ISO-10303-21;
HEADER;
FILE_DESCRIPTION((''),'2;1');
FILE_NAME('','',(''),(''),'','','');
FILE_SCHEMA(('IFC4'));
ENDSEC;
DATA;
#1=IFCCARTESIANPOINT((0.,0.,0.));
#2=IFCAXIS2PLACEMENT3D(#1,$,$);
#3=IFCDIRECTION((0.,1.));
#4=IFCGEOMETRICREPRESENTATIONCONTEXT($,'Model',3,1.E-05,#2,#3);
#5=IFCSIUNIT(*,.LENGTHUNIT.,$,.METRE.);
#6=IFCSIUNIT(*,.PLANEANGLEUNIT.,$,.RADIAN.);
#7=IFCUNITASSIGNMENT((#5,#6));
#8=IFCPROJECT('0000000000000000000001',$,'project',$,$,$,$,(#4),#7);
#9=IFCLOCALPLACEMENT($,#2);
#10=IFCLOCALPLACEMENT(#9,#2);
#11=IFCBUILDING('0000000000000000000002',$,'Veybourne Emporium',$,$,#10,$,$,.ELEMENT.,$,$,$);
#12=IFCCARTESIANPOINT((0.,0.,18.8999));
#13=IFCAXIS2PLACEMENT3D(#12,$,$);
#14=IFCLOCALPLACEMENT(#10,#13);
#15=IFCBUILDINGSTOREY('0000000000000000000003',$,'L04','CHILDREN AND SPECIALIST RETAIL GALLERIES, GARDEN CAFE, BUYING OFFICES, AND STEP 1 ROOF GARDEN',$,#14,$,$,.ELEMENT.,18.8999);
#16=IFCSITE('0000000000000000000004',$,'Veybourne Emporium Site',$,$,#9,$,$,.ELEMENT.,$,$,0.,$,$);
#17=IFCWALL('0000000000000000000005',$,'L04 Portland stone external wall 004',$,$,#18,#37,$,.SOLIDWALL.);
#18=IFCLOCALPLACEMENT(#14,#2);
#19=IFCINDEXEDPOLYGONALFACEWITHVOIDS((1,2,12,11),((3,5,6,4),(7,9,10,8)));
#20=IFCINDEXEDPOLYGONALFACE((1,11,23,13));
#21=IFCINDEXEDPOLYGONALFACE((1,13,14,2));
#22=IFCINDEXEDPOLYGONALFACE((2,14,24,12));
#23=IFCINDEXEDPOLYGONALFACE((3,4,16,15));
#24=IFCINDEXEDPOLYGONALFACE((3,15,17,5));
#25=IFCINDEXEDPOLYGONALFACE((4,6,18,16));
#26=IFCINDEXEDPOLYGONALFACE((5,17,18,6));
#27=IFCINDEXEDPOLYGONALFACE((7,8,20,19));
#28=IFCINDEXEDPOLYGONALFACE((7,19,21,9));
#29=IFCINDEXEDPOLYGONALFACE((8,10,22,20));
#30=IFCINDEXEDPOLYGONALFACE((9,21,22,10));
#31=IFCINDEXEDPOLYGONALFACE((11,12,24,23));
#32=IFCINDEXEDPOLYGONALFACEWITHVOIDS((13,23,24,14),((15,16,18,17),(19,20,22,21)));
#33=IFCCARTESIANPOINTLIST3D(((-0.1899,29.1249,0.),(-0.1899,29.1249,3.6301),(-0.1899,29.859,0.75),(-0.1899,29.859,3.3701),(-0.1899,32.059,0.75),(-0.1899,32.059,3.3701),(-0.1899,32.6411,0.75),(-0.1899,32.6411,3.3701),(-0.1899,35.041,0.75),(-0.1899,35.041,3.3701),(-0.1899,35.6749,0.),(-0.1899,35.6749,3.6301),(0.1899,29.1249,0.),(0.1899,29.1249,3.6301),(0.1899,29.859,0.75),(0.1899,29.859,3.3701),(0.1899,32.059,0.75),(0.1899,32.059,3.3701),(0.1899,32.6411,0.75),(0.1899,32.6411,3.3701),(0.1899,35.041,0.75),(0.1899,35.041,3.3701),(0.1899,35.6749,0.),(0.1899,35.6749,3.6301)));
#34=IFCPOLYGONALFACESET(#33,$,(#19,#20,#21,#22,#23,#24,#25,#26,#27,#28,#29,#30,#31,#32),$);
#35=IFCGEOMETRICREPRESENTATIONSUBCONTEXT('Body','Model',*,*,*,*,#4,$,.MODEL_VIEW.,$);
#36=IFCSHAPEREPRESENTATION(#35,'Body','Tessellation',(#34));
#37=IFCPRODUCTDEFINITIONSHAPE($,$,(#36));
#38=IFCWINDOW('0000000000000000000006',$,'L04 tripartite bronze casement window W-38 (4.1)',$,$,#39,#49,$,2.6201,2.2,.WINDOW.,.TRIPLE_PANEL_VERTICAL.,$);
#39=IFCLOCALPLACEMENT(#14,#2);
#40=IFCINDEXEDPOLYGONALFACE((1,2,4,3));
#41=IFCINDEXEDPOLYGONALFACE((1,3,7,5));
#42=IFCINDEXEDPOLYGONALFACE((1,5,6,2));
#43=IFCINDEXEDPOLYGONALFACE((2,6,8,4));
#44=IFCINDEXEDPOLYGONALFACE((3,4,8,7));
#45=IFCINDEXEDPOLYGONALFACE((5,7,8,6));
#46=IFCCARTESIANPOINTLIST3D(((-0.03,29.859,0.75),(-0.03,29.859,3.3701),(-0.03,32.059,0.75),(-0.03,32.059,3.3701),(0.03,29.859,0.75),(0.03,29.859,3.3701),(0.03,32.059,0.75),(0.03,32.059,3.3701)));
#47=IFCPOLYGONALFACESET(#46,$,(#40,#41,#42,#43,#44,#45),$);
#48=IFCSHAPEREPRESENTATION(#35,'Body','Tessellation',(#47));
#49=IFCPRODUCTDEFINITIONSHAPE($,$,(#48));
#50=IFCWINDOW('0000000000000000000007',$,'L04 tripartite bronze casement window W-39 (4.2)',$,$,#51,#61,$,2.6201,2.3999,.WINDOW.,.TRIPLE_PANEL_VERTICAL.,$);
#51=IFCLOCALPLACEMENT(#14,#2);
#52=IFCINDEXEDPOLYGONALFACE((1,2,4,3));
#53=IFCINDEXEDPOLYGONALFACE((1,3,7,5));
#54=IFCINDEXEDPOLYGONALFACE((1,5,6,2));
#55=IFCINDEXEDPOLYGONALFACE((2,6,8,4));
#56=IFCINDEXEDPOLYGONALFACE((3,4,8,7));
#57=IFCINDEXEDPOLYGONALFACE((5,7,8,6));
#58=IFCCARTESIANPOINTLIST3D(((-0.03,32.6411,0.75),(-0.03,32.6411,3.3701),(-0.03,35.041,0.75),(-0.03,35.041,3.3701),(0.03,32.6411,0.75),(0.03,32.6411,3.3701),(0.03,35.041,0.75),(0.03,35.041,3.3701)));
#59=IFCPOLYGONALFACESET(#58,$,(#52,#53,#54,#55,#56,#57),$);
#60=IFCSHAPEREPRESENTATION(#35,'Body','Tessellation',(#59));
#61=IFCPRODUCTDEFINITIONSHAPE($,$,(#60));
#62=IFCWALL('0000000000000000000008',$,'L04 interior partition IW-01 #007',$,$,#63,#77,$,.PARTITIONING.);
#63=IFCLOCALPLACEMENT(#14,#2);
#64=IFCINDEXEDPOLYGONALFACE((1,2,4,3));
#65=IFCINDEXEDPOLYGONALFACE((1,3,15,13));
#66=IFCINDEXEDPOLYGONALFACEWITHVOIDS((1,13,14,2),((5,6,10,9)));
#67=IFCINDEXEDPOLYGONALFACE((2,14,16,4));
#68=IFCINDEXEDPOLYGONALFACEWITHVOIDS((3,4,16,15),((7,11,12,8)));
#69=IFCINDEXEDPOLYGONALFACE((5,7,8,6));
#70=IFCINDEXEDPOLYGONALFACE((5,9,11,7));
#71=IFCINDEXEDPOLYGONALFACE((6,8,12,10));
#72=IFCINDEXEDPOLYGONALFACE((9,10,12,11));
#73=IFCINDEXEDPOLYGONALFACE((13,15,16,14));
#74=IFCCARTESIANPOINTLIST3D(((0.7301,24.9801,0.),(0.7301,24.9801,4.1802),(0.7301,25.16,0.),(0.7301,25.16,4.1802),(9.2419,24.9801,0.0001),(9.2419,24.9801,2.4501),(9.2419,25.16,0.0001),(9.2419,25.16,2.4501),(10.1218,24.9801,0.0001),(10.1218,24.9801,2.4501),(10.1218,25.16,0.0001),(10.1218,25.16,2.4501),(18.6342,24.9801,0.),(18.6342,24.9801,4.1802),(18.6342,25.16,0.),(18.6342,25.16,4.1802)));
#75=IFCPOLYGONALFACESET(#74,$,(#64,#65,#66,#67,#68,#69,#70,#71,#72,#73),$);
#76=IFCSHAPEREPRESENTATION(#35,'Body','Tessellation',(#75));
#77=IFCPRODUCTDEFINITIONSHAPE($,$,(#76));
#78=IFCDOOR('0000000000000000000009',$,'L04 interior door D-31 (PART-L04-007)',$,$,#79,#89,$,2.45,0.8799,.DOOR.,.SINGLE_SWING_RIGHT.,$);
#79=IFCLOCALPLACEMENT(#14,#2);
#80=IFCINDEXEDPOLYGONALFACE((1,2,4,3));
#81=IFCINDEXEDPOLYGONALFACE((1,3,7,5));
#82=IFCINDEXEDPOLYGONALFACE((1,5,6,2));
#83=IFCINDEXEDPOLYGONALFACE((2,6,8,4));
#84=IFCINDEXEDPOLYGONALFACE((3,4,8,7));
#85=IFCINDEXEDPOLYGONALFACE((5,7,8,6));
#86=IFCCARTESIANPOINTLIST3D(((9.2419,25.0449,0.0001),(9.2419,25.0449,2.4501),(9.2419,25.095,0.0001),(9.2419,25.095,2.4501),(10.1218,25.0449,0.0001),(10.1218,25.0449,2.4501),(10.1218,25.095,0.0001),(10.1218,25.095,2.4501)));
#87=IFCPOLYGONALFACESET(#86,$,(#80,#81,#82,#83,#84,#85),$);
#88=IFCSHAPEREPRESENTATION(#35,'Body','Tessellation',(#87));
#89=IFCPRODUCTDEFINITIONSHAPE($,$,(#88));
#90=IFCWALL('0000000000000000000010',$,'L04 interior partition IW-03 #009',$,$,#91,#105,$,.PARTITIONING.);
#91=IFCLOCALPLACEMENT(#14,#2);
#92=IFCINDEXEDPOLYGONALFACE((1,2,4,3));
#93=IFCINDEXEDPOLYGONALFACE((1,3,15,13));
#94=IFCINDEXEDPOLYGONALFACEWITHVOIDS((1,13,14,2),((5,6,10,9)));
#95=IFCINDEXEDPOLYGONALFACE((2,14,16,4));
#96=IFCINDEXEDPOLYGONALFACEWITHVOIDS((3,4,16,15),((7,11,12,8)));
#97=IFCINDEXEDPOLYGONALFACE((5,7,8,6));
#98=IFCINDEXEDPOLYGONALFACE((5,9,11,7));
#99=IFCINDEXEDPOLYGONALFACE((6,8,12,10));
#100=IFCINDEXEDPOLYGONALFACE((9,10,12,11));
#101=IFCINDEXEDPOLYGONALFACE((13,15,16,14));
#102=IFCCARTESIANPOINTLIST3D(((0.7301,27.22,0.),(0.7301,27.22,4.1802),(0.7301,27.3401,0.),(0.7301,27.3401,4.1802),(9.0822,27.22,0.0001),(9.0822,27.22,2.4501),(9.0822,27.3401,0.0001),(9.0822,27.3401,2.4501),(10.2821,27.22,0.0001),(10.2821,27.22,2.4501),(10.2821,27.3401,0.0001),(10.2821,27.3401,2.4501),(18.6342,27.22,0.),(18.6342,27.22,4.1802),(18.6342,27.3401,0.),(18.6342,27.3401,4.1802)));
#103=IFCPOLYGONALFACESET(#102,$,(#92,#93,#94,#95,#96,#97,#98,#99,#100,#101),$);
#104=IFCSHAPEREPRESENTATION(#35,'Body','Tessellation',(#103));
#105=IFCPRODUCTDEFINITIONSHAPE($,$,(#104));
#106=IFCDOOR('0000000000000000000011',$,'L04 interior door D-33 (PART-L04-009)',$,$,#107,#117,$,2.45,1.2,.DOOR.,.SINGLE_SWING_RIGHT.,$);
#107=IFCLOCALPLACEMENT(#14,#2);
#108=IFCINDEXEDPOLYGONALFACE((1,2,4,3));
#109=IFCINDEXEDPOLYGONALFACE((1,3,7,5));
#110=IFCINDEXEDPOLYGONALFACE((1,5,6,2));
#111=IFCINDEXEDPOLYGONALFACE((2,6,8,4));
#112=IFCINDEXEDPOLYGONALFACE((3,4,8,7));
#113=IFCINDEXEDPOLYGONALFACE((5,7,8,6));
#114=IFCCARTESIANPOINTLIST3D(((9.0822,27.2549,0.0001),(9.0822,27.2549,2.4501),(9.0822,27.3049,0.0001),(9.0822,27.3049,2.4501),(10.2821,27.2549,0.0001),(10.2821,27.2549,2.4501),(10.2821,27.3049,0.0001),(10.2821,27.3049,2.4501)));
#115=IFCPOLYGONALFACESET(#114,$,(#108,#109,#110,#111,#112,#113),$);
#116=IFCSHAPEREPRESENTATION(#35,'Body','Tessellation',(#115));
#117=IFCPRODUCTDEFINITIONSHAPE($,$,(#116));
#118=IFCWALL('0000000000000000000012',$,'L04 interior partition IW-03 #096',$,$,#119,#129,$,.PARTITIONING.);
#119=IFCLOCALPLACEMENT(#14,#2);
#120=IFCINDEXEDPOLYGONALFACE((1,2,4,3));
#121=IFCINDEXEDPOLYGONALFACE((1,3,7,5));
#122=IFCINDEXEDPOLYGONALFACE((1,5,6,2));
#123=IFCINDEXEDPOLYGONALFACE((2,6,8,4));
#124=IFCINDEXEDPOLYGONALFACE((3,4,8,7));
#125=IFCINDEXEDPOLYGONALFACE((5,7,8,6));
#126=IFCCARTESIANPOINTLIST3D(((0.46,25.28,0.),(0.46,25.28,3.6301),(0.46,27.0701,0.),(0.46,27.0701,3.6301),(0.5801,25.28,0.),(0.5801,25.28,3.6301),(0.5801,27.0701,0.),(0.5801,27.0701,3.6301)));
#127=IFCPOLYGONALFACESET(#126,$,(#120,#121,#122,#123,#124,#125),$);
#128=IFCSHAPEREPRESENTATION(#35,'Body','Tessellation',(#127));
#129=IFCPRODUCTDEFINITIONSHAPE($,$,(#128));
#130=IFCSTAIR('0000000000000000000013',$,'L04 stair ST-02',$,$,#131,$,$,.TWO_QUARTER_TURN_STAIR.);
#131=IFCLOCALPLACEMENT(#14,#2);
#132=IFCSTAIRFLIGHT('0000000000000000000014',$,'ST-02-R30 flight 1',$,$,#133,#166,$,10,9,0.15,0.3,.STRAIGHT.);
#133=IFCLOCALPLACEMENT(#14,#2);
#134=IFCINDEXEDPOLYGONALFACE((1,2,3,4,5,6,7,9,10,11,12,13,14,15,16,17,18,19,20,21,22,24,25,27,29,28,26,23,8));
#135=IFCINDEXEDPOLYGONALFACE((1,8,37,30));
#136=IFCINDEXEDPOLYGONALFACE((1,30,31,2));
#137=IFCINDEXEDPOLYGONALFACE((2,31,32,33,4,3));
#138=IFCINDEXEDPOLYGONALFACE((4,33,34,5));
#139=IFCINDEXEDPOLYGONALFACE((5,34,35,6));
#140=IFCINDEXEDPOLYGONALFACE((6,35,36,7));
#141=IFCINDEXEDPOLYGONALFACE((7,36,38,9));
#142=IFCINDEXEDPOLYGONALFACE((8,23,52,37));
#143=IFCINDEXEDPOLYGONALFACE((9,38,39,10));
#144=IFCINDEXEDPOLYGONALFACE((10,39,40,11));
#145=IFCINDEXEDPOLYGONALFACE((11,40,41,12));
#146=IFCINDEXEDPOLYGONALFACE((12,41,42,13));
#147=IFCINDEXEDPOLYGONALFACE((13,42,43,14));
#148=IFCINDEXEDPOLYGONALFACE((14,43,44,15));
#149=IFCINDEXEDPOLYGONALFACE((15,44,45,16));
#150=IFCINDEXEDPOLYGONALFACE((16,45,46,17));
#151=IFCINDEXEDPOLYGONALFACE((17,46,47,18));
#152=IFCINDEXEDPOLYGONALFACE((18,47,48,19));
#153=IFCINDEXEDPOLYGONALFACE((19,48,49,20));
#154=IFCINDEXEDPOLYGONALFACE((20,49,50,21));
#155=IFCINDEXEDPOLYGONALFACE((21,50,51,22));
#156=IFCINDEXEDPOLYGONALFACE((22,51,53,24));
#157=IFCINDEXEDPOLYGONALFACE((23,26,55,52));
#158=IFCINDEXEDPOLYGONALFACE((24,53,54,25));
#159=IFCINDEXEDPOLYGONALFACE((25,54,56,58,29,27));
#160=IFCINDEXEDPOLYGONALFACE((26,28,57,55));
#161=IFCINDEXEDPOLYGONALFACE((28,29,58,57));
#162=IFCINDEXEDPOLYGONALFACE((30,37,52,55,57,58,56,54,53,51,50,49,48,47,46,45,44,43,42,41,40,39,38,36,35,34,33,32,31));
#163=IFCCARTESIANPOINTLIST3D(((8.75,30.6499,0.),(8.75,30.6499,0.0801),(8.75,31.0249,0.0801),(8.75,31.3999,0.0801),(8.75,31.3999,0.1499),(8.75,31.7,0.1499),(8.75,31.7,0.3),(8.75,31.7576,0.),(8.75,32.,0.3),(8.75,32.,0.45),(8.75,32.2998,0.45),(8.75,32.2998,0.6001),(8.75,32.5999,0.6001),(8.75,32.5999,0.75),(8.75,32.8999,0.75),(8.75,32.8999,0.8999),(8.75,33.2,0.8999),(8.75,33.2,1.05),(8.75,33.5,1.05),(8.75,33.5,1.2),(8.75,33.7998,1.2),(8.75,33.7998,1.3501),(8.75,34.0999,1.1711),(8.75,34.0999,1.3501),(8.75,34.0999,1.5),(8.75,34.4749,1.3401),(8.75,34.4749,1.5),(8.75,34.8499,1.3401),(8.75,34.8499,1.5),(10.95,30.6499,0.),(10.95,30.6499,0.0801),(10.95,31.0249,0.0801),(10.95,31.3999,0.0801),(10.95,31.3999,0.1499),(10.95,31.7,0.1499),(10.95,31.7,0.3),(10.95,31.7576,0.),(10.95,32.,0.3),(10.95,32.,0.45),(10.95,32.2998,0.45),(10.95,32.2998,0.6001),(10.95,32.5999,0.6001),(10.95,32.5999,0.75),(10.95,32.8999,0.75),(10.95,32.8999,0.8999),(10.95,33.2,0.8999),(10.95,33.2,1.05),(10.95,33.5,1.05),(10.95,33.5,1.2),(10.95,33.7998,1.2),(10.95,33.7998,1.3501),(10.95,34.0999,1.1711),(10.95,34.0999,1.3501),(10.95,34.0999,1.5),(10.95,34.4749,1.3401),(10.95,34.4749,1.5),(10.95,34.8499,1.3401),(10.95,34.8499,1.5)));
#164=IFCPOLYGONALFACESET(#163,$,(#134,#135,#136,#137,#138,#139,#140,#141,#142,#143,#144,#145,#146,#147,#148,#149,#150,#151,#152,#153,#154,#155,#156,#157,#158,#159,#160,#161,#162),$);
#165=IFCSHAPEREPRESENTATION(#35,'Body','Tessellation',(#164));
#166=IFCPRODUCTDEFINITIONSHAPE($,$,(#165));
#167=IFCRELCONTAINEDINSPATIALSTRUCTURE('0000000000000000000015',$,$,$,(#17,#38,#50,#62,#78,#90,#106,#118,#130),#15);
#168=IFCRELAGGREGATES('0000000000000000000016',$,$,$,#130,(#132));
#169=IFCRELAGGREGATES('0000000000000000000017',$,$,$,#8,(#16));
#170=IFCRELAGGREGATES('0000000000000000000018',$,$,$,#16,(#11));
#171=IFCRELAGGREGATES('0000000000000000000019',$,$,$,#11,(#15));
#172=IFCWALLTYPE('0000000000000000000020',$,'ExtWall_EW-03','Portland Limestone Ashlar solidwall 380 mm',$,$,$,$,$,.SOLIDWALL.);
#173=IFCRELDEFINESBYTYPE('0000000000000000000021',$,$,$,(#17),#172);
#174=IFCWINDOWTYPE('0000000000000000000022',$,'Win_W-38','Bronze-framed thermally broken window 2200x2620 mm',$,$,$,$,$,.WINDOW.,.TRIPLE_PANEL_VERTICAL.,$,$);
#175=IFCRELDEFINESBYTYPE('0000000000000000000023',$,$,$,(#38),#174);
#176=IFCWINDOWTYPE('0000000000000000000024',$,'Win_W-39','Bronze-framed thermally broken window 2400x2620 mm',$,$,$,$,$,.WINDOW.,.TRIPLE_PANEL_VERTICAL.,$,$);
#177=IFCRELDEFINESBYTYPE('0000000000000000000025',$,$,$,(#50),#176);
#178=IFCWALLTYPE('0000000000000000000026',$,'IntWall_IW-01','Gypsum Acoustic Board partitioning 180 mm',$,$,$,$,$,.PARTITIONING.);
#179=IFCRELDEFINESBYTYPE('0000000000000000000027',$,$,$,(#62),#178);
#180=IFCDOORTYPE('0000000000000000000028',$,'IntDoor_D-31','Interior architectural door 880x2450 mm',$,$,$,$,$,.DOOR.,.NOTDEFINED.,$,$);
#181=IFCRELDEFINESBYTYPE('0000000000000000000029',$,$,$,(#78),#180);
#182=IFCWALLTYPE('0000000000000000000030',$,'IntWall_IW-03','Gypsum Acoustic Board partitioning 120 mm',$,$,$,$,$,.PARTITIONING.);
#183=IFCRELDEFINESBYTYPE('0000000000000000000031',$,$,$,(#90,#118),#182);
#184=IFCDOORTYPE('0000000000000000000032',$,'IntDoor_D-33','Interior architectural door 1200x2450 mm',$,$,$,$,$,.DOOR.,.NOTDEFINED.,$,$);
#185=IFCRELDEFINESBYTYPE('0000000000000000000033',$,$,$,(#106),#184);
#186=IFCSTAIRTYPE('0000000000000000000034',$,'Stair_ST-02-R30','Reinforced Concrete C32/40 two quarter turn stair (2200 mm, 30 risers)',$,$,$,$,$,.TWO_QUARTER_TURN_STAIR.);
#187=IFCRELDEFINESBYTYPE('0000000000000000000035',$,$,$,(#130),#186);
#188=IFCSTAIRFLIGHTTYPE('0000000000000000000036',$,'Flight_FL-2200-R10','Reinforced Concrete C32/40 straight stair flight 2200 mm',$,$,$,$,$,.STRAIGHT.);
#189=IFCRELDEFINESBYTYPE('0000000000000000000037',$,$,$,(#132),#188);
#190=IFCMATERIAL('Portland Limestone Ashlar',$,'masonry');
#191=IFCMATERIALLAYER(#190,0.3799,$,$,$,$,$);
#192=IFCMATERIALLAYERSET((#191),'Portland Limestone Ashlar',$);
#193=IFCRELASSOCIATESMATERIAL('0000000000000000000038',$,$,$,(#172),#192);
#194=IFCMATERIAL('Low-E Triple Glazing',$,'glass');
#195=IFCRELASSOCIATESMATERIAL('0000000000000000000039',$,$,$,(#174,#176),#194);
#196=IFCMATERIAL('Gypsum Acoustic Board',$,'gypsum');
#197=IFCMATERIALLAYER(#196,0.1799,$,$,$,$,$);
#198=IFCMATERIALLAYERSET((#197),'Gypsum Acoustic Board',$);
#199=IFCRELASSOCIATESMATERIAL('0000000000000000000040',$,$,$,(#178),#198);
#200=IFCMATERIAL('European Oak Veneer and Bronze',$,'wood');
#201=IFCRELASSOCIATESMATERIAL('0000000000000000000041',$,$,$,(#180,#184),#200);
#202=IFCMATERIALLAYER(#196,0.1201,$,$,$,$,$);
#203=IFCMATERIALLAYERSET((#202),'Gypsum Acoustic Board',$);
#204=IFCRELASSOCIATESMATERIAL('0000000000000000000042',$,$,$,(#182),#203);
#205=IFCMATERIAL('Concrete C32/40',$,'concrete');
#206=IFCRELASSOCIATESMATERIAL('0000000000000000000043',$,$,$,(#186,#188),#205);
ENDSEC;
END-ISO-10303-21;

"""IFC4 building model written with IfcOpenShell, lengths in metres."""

from ifc_helpers import new_model, si_unit, direction, frame, frame_2d, origin, place, context, subcontext, project, spatial, polyline, rectangle, outline, extrude, material, layer, layer_set, type_object, element, fill, aggregate, save


model = new_model("IFC4")

# Units and contexts
model_context = context("Model", 3, precision=1e-05, world=origin(), true_north=direction((0.0, 1.0)))
body_context = subcontext(model_context, "Body", "Model", "MODEL_VIEW")
ifc_project = project(units=[si_unit("LENGTHUNIT", "METRE"), si_unit("PLANEANGLEUNIT", "RADIAN")], contexts=[model_context])

# Site, building, storey
site_placement = place(None, origin())
site = spatial("IfcSite", under=ifc_project, at=site_placement, Name="Veybourne Emporium Site", CompositionType="ELEMENT", RefElevation=0.0)
building_placement = place(site_placement, origin())
building = spatial("IfcBuilding", under=site, at=building_placement, Name="Veybourne Emporium", CompositionType="ELEMENT")
storey_placement = place(building_placement, frame((0.0, 0.0, 18.8999)))
storey = spatial("IfcBuildingStorey", under=building, at=storey_placement, Name="L04", Description="CHILDREN AND SPECIALIST RETAIL GALLERIES, GARDEN CAFE, BUYING OFFICES, AND STEP 1 ROOF GARDEN", CompositionType="ELEMENT", Elevation=18.8999)

# Shared definitions
ifc_material_1 = material(Name="Concrete C32/40", Category="concrete")

# Shared definitions
ifc_material_2 = material(Name="Portland Limestone Ashlar", Category="masonry")
ifc_layer_1 = layer(ifc_material_2, 0.3799)
ifc_layer_set_1 = layer_set([ifc_layer_1], Name="Portland Limestone Ashlar")
wall_type_1 = type_object("IfcWallType", Name="ExtWall_EW-03", Description="Portland Limestone Ashlar solidwall 380 mm", PredefinedType="SOLIDWALL", material=ifc_layer_set_1)
ifc_material_3 = material(Name="Low-E Triple Glazing", Category="glass")

# Wall, openings, windows
wall_1_placement = place(storey_placement, frame((0.0, 29.125, 0.0), z_axis=(0.0, 0.0, 1.0), x_axis=(0.0, 1.0, 0.0)))
wall_1 = element("IfcWall", 1, at=wall_1_placement, inside=storey, type_object=wall_type_1, Name="L04 Portland stone external wall 004", PredefinedType="SOLIDWALL", context=body_context, shape_type="SweptSolid", body=[
    extrude(rectangle(XDim=6.55, YDim=0.3799, at=frame_2d((3.2749, 0.0))), origin(), (0.0, 0.0, 1.0), 3.6301),
])
opening_1_placement = place(wall_1_placement, frame((0.7339, 0.0, 0.75)))
opening_1 = element("IfcOpeningElement", 2, at=opening_1_placement, cuts=wall_1, PredefinedType="OPENING", context=body_context, shape_type="SweptSolid", body=[
    extrude(rectangle(XDim=2.2, YDim=2.6201, at=frame_2d((1.1001, 1.3101))), frame((0.0, 0.21, 0.0), z_axis=(0.0, -1.0, 0.0), x_axis=(1.0, 0.0, 0.0)), (0.0, 0.0, 1.0), 0.4199),
])
opening_2_placement = place(wall_1_placement, frame((3.5161, 0.0, 0.75)))
opening_2 = element("IfcOpeningElement", 3, at=opening_2_placement, cuts=wall_1, PredefinedType="OPENING", context=body_context, shape_type="SweptSolid", body=[
    extrude(rectangle(XDim=2.3999, YDim=2.6201, at=frame_2d((1.2, 1.3101))), frame((0.0, 0.21, 0.0), z_axis=(0.0, -1.0, 0.0), x_axis=(1.0, 0.0, 0.0)), (0.0, 0.0, 1.0), 0.4199),
])
window_type_1 = type_object("IfcWindowType", Name="Win_W-38", Description="Bronze-framed thermally broken window 2200x2620 mm", PartitioningType="TRIPLE_PANEL_VERTICAL", PredefinedType="WINDOW", material=ifc_material_3)
window_1_placement = place(opening_1_placement, origin())
window_1 = element("IfcWindow", 4, at=window_1_placement, inside=storey, type_object=window_type_1, Name="L04 tripartite bronze casement window W-38 (4.1)", OverallHeight=2.6201, OverallWidth=2.2, PartitioningType="TRIPLE_PANEL_VERTICAL", PredefinedType="WINDOW", context=body_context, shape_type="SweptSolid", body=[
    extrude(rectangle(XDim=2.2, YDim=2.6201, at=frame_2d((1.1001, 1.3101))), frame((0.0, 0.03, 0.0), z_axis=(0.0, -1.0, 0.0), x_axis=(1.0, 0.0, 0.0)), (0.0, 0.0, 1.0), 0.0601),
])
fill(opening_1, window_1)
window_type_2 = type_object("IfcWindowType", Name="Win_W-39", Description="Bronze-framed thermally broken window 2400x2620 mm", PartitioningType="TRIPLE_PANEL_VERTICAL", PredefinedType="WINDOW", material=ifc_material_3)
window_2_placement = place(opening_2_placement, origin())
window_2 = element("IfcWindow", 5, at=window_2_placement, inside=storey, type_object=window_type_2, Name="L04 tripartite bronze casement window W-39 (4.2)", OverallHeight=2.6201, OverallWidth=2.3999, PartitioningType="TRIPLE_PANEL_VERTICAL", PredefinedType="WINDOW", context=body_context, shape_type="SweptSolid", body=[
    extrude(rectangle(XDim=2.3999, YDim=2.6201, at=frame_2d((1.2, 1.3101))), frame((0.0, 0.03, 0.0), z_axis=(0.0, -1.0, 0.0), x_axis=(1.0, 0.0, 0.0)), (0.0, 0.0, 1.0), 0.0601),
])
fill(opening_2, window_2)

# Walls, openings, doors
ifc_material_4 = material(Name="Gypsum Acoustic Board", Category="gypsum")
ifc_layer_2 = layer(ifc_material_4, 0.1799)
ifc_layer_set_2 = layer_set([ifc_layer_2], Name="Gypsum Acoustic Board")
wall_type_2 = type_object("IfcWallType", Name="IntWall_IW-01", Description="Gypsum Acoustic Board partitioning 180 mm", PredefinedType="PARTITIONING", material=ifc_layer_set_2)
wall_2_placement = place(storey_placement, frame((0.73, 25.0701, 0.0), z_axis=(0.0, 0.0, 1.0), x_axis=(1.0, 0.0, 0.0)))
wall_2 = element("IfcWall", 6, at=wall_2_placement, inside=storey, type_object=wall_type_2, Name="L04 interior partition IW-01 #007", PredefinedType="PARTITIONING", context=body_context, shape_type="SweptSolid", body=[
    extrude(rectangle(XDim=17.9041, YDim=0.1799, at=frame_2d((8.9521, 0.0))), origin(), (0.0, 0.0, 1.0), 4.1802),
])
opening_3_placement = place(wall_2_placement, frame((8.512, 0.0, 0.0)))
opening_3 = element("IfcOpeningElement", 7, at=opening_3_placement, cuts=wall_2, PredefinedType="OPENING", context=body_context, shape_type="SweptSolid", body=[
    extrude(rectangle(XDim=0.8799, YDim=2.45, at=frame_2d((0.4399, 1.2251))), frame((0.0, 0.1099, 0.0), z_axis=(0.0, -1.0, 0.0), x_axis=(1.0, 0.0, 0.0)), (0.0, 0.0, 1.0), 0.22),
])
ifc_material_5 = material(Name="European Oak Veneer and Bronze", Category="wood")
door_type_1 = type_object("IfcDoorType", Name="IntDoor_D-31", Description="Interior architectural door 880x2450 mm", OperationType="NOTDEFINED", PredefinedType="DOOR", material=ifc_material_5)
door_1_placement = place(opening_3_placement, origin())
door_1 = element("IfcDoor", 8, at=door_1_placement, inside=storey, type_object=door_type_1, Name="L04 interior door D-31 (PART-L04-007)", OperationType="SINGLE_SWING_RIGHT", OverallHeight=2.45, OverallWidth=0.8799, PredefinedType="DOOR", context=body_context, shape_type="SweptSolid", body=[
    extrude(rectangle(XDim=0.8799, YDim=2.45, at=frame_2d((0.4399, 1.2251))), frame((0.0, 0.0249, 0.0), z_axis=(0.0, -1.0, 0.0), x_axis=(1.0, 0.0, 0.0)), (0.0, 0.0, 1.0), 0.05),
])
fill(opening_3, door_1)
ifc_layer_3 = layer(ifc_material_4, 0.1201)
ifc_layer_set_3 = layer_set([ifc_layer_3], Name="Gypsum Acoustic Board")
wall_type_3 = type_object("IfcWallType", Name="IntWall_IW-03", Description="Gypsum Acoustic Board partitioning 120 mm", PredefinedType="PARTITIONING", material=ifc_layer_set_3)
wall_3_placement = place(storey_placement, frame((0.73, 27.28, 0.0), z_axis=(0.0, 0.0, 1.0), x_axis=(1.0, 0.0, 0.0)))
wall_3 = element("IfcWall", 9, at=wall_3_placement, inside=storey, type_object=wall_type_3, Name="L04 interior partition IW-03 #009", PredefinedType="PARTITIONING", context=body_context, shape_type="SweptSolid", body=[
    extrude(rectangle(XDim=17.9041, YDim=0.1201, at=frame_2d((8.9521, 0.0))), origin(), (0.0, 0.0, 1.0), 4.1802),
])
opening_4_placement = place(wall_3_placement, frame((8.3521, 0.0, 0.0)))
opening_4 = element("IfcOpeningElement", 10, at=opening_4_placement, cuts=wall_3, PredefinedType="OPENING", context=body_context, shape_type="SweptSolid", body=[
    extrude(rectangle(XDim=1.2, YDim=2.45, at=frame_2d((0.6001, 1.2251))), frame((0.0, 0.0801, 0.0), z_axis=(0.0, -1.0, 0.0), x_axis=(1.0, 0.0, 0.0)), (0.0, 0.0, 1.0), 0.1602),
])
door_type_2 = type_object("IfcDoorType", Name="IntDoor_D-33", Description="Interior architectural door 1200x2450 mm", OperationType="NOTDEFINED", PredefinedType="DOOR", material=ifc_material_5)
door_2_placement = place(opening_4_placement, origin())
door_2 = element("IfcDoor", 11, at=door_2_placement, inside=storey, type_object=door_type_2, Name="L04 interior door D-33 (PART-L04-009)", OperationType="SINGLE_SWING_RIGHT", OverallHeight=2.45, OverallWidth=1.2, PredefinedType="DOOR", context=body_context, shape_type="SweptSolid", body=[
    extrude(rectangle(XDim=1.2, YDim=2.45, at=frame_2d((0.6001, 1.2251))), frame((0.0, 0.0249, 0.0), z_axis=(0.0, -1.0, 0.0), x_axis=(1.0, 0.0, 0.0)), (0.0, 0.0, 1.0), 0.05),
])
fill(opening_4, door_2)

# Wall
wall_4_placement = place(storey_placement, frame((0.52, 25.28, 0.0), z_axis=(0.0, 0.0, 1.0), x_axis=(0.0, 1.0, 0.0)))
element("IfcWall", 12, at=wall_4_placement, inside=storey, type_object=wall_type_3, Name="L04 interior partition IW-03 #096", PredefinedType="PARTITIONING", context=body_context, shape_type="SweptSolid", body=[
    extrude(rectangle(XDim=1.79, YDim=0.1201, at=frame_2d((0.895, 0.0))), origin(), (0.0, 0.0, 1.0), 3.6301),
])

# Stair, stair flight
stair_type = type_object("IfcStairType", Name="Stair_ST-02-R30", Description="Reinforced Concrete C32/40 two quarter turn stair (2200 mm, 30 risers)", PredefinedType="TWO_QUARTER_TURN_STAIR", material=ifc_material_1)
stair_placement = place(storey_placement, origin())
stair = element("IfcStair", 13, at=stair_placement, inside=storey, type_object=stair_type, Name="L04 stair ST-02", PredefinedType="TWO_QUARTER_TURN_STAIR")
stair_flight_type = type_object("IfcStairFlightType", Name="Flight_FL-2200-R10", Description="Reinforced Concrete C32/40 straight stair flight 2200 mm", PredefinedType="STRAIGHT", material=ifc_material_1)
stair_flight_placement = place(storey_placement, frame((9.8501, 31.3999, 0.0), z_axis=(0.0, 0.0, 1.0), x_axis=(0.0, 1.0, 0.0)))
stair_flight = element("IfcStairFlight", 14, at=stair_flight_placement, type_object=stair_flight_type, Name="ST-02-R30 flight 1", NumberOfRisers=10, NumberOfTreads=9, PredefinedType="STRAIGHT", RiserHeight=0.15, TreadLength=0.3, context=body_context, shape_type="SweptSolid", body=[
    extrude(outline(polyline([(-0.75, 0.0), (-0.75, 0.0801), (-0.375, 0.0801), (0.0, 0.0801), (0.0, 0.1499), (0.3, 0.1499), (0.3, 0.3), (0.6001, 0.3), (0.6001, 0.45), (0.8999, 0.45), (0.8999, 0.6001), (1.2, 0.6001), (1.2, 0.75), (1.5, 0.75), (1.5, 0.8999), (1.8, 0.8999), (1.8, 1.05), (2.1001, 1.05), (2.1001, 1.2), (2.3999, 1.2), (2.3999, 1.3501), (2.7, 1.3501), (2.7, 1.5), (3.075, 1.5), (3.45, 1.5), (3.45, 1.3401), (3.075, 1.3401), (2.7, 1.1711), (0.3577, 0.0), (-0.75, 0.0)])), frame((0.0, 1.1001, 0.0), z_axis=(0.0, -1.0, 0.0), x_axis=(1.0, 0.0, 0.0)), (0.0, 0.0, 1.0), 2.2),
])
aggregate(stair, [stair_flight])

save(model, "model.ifc")
